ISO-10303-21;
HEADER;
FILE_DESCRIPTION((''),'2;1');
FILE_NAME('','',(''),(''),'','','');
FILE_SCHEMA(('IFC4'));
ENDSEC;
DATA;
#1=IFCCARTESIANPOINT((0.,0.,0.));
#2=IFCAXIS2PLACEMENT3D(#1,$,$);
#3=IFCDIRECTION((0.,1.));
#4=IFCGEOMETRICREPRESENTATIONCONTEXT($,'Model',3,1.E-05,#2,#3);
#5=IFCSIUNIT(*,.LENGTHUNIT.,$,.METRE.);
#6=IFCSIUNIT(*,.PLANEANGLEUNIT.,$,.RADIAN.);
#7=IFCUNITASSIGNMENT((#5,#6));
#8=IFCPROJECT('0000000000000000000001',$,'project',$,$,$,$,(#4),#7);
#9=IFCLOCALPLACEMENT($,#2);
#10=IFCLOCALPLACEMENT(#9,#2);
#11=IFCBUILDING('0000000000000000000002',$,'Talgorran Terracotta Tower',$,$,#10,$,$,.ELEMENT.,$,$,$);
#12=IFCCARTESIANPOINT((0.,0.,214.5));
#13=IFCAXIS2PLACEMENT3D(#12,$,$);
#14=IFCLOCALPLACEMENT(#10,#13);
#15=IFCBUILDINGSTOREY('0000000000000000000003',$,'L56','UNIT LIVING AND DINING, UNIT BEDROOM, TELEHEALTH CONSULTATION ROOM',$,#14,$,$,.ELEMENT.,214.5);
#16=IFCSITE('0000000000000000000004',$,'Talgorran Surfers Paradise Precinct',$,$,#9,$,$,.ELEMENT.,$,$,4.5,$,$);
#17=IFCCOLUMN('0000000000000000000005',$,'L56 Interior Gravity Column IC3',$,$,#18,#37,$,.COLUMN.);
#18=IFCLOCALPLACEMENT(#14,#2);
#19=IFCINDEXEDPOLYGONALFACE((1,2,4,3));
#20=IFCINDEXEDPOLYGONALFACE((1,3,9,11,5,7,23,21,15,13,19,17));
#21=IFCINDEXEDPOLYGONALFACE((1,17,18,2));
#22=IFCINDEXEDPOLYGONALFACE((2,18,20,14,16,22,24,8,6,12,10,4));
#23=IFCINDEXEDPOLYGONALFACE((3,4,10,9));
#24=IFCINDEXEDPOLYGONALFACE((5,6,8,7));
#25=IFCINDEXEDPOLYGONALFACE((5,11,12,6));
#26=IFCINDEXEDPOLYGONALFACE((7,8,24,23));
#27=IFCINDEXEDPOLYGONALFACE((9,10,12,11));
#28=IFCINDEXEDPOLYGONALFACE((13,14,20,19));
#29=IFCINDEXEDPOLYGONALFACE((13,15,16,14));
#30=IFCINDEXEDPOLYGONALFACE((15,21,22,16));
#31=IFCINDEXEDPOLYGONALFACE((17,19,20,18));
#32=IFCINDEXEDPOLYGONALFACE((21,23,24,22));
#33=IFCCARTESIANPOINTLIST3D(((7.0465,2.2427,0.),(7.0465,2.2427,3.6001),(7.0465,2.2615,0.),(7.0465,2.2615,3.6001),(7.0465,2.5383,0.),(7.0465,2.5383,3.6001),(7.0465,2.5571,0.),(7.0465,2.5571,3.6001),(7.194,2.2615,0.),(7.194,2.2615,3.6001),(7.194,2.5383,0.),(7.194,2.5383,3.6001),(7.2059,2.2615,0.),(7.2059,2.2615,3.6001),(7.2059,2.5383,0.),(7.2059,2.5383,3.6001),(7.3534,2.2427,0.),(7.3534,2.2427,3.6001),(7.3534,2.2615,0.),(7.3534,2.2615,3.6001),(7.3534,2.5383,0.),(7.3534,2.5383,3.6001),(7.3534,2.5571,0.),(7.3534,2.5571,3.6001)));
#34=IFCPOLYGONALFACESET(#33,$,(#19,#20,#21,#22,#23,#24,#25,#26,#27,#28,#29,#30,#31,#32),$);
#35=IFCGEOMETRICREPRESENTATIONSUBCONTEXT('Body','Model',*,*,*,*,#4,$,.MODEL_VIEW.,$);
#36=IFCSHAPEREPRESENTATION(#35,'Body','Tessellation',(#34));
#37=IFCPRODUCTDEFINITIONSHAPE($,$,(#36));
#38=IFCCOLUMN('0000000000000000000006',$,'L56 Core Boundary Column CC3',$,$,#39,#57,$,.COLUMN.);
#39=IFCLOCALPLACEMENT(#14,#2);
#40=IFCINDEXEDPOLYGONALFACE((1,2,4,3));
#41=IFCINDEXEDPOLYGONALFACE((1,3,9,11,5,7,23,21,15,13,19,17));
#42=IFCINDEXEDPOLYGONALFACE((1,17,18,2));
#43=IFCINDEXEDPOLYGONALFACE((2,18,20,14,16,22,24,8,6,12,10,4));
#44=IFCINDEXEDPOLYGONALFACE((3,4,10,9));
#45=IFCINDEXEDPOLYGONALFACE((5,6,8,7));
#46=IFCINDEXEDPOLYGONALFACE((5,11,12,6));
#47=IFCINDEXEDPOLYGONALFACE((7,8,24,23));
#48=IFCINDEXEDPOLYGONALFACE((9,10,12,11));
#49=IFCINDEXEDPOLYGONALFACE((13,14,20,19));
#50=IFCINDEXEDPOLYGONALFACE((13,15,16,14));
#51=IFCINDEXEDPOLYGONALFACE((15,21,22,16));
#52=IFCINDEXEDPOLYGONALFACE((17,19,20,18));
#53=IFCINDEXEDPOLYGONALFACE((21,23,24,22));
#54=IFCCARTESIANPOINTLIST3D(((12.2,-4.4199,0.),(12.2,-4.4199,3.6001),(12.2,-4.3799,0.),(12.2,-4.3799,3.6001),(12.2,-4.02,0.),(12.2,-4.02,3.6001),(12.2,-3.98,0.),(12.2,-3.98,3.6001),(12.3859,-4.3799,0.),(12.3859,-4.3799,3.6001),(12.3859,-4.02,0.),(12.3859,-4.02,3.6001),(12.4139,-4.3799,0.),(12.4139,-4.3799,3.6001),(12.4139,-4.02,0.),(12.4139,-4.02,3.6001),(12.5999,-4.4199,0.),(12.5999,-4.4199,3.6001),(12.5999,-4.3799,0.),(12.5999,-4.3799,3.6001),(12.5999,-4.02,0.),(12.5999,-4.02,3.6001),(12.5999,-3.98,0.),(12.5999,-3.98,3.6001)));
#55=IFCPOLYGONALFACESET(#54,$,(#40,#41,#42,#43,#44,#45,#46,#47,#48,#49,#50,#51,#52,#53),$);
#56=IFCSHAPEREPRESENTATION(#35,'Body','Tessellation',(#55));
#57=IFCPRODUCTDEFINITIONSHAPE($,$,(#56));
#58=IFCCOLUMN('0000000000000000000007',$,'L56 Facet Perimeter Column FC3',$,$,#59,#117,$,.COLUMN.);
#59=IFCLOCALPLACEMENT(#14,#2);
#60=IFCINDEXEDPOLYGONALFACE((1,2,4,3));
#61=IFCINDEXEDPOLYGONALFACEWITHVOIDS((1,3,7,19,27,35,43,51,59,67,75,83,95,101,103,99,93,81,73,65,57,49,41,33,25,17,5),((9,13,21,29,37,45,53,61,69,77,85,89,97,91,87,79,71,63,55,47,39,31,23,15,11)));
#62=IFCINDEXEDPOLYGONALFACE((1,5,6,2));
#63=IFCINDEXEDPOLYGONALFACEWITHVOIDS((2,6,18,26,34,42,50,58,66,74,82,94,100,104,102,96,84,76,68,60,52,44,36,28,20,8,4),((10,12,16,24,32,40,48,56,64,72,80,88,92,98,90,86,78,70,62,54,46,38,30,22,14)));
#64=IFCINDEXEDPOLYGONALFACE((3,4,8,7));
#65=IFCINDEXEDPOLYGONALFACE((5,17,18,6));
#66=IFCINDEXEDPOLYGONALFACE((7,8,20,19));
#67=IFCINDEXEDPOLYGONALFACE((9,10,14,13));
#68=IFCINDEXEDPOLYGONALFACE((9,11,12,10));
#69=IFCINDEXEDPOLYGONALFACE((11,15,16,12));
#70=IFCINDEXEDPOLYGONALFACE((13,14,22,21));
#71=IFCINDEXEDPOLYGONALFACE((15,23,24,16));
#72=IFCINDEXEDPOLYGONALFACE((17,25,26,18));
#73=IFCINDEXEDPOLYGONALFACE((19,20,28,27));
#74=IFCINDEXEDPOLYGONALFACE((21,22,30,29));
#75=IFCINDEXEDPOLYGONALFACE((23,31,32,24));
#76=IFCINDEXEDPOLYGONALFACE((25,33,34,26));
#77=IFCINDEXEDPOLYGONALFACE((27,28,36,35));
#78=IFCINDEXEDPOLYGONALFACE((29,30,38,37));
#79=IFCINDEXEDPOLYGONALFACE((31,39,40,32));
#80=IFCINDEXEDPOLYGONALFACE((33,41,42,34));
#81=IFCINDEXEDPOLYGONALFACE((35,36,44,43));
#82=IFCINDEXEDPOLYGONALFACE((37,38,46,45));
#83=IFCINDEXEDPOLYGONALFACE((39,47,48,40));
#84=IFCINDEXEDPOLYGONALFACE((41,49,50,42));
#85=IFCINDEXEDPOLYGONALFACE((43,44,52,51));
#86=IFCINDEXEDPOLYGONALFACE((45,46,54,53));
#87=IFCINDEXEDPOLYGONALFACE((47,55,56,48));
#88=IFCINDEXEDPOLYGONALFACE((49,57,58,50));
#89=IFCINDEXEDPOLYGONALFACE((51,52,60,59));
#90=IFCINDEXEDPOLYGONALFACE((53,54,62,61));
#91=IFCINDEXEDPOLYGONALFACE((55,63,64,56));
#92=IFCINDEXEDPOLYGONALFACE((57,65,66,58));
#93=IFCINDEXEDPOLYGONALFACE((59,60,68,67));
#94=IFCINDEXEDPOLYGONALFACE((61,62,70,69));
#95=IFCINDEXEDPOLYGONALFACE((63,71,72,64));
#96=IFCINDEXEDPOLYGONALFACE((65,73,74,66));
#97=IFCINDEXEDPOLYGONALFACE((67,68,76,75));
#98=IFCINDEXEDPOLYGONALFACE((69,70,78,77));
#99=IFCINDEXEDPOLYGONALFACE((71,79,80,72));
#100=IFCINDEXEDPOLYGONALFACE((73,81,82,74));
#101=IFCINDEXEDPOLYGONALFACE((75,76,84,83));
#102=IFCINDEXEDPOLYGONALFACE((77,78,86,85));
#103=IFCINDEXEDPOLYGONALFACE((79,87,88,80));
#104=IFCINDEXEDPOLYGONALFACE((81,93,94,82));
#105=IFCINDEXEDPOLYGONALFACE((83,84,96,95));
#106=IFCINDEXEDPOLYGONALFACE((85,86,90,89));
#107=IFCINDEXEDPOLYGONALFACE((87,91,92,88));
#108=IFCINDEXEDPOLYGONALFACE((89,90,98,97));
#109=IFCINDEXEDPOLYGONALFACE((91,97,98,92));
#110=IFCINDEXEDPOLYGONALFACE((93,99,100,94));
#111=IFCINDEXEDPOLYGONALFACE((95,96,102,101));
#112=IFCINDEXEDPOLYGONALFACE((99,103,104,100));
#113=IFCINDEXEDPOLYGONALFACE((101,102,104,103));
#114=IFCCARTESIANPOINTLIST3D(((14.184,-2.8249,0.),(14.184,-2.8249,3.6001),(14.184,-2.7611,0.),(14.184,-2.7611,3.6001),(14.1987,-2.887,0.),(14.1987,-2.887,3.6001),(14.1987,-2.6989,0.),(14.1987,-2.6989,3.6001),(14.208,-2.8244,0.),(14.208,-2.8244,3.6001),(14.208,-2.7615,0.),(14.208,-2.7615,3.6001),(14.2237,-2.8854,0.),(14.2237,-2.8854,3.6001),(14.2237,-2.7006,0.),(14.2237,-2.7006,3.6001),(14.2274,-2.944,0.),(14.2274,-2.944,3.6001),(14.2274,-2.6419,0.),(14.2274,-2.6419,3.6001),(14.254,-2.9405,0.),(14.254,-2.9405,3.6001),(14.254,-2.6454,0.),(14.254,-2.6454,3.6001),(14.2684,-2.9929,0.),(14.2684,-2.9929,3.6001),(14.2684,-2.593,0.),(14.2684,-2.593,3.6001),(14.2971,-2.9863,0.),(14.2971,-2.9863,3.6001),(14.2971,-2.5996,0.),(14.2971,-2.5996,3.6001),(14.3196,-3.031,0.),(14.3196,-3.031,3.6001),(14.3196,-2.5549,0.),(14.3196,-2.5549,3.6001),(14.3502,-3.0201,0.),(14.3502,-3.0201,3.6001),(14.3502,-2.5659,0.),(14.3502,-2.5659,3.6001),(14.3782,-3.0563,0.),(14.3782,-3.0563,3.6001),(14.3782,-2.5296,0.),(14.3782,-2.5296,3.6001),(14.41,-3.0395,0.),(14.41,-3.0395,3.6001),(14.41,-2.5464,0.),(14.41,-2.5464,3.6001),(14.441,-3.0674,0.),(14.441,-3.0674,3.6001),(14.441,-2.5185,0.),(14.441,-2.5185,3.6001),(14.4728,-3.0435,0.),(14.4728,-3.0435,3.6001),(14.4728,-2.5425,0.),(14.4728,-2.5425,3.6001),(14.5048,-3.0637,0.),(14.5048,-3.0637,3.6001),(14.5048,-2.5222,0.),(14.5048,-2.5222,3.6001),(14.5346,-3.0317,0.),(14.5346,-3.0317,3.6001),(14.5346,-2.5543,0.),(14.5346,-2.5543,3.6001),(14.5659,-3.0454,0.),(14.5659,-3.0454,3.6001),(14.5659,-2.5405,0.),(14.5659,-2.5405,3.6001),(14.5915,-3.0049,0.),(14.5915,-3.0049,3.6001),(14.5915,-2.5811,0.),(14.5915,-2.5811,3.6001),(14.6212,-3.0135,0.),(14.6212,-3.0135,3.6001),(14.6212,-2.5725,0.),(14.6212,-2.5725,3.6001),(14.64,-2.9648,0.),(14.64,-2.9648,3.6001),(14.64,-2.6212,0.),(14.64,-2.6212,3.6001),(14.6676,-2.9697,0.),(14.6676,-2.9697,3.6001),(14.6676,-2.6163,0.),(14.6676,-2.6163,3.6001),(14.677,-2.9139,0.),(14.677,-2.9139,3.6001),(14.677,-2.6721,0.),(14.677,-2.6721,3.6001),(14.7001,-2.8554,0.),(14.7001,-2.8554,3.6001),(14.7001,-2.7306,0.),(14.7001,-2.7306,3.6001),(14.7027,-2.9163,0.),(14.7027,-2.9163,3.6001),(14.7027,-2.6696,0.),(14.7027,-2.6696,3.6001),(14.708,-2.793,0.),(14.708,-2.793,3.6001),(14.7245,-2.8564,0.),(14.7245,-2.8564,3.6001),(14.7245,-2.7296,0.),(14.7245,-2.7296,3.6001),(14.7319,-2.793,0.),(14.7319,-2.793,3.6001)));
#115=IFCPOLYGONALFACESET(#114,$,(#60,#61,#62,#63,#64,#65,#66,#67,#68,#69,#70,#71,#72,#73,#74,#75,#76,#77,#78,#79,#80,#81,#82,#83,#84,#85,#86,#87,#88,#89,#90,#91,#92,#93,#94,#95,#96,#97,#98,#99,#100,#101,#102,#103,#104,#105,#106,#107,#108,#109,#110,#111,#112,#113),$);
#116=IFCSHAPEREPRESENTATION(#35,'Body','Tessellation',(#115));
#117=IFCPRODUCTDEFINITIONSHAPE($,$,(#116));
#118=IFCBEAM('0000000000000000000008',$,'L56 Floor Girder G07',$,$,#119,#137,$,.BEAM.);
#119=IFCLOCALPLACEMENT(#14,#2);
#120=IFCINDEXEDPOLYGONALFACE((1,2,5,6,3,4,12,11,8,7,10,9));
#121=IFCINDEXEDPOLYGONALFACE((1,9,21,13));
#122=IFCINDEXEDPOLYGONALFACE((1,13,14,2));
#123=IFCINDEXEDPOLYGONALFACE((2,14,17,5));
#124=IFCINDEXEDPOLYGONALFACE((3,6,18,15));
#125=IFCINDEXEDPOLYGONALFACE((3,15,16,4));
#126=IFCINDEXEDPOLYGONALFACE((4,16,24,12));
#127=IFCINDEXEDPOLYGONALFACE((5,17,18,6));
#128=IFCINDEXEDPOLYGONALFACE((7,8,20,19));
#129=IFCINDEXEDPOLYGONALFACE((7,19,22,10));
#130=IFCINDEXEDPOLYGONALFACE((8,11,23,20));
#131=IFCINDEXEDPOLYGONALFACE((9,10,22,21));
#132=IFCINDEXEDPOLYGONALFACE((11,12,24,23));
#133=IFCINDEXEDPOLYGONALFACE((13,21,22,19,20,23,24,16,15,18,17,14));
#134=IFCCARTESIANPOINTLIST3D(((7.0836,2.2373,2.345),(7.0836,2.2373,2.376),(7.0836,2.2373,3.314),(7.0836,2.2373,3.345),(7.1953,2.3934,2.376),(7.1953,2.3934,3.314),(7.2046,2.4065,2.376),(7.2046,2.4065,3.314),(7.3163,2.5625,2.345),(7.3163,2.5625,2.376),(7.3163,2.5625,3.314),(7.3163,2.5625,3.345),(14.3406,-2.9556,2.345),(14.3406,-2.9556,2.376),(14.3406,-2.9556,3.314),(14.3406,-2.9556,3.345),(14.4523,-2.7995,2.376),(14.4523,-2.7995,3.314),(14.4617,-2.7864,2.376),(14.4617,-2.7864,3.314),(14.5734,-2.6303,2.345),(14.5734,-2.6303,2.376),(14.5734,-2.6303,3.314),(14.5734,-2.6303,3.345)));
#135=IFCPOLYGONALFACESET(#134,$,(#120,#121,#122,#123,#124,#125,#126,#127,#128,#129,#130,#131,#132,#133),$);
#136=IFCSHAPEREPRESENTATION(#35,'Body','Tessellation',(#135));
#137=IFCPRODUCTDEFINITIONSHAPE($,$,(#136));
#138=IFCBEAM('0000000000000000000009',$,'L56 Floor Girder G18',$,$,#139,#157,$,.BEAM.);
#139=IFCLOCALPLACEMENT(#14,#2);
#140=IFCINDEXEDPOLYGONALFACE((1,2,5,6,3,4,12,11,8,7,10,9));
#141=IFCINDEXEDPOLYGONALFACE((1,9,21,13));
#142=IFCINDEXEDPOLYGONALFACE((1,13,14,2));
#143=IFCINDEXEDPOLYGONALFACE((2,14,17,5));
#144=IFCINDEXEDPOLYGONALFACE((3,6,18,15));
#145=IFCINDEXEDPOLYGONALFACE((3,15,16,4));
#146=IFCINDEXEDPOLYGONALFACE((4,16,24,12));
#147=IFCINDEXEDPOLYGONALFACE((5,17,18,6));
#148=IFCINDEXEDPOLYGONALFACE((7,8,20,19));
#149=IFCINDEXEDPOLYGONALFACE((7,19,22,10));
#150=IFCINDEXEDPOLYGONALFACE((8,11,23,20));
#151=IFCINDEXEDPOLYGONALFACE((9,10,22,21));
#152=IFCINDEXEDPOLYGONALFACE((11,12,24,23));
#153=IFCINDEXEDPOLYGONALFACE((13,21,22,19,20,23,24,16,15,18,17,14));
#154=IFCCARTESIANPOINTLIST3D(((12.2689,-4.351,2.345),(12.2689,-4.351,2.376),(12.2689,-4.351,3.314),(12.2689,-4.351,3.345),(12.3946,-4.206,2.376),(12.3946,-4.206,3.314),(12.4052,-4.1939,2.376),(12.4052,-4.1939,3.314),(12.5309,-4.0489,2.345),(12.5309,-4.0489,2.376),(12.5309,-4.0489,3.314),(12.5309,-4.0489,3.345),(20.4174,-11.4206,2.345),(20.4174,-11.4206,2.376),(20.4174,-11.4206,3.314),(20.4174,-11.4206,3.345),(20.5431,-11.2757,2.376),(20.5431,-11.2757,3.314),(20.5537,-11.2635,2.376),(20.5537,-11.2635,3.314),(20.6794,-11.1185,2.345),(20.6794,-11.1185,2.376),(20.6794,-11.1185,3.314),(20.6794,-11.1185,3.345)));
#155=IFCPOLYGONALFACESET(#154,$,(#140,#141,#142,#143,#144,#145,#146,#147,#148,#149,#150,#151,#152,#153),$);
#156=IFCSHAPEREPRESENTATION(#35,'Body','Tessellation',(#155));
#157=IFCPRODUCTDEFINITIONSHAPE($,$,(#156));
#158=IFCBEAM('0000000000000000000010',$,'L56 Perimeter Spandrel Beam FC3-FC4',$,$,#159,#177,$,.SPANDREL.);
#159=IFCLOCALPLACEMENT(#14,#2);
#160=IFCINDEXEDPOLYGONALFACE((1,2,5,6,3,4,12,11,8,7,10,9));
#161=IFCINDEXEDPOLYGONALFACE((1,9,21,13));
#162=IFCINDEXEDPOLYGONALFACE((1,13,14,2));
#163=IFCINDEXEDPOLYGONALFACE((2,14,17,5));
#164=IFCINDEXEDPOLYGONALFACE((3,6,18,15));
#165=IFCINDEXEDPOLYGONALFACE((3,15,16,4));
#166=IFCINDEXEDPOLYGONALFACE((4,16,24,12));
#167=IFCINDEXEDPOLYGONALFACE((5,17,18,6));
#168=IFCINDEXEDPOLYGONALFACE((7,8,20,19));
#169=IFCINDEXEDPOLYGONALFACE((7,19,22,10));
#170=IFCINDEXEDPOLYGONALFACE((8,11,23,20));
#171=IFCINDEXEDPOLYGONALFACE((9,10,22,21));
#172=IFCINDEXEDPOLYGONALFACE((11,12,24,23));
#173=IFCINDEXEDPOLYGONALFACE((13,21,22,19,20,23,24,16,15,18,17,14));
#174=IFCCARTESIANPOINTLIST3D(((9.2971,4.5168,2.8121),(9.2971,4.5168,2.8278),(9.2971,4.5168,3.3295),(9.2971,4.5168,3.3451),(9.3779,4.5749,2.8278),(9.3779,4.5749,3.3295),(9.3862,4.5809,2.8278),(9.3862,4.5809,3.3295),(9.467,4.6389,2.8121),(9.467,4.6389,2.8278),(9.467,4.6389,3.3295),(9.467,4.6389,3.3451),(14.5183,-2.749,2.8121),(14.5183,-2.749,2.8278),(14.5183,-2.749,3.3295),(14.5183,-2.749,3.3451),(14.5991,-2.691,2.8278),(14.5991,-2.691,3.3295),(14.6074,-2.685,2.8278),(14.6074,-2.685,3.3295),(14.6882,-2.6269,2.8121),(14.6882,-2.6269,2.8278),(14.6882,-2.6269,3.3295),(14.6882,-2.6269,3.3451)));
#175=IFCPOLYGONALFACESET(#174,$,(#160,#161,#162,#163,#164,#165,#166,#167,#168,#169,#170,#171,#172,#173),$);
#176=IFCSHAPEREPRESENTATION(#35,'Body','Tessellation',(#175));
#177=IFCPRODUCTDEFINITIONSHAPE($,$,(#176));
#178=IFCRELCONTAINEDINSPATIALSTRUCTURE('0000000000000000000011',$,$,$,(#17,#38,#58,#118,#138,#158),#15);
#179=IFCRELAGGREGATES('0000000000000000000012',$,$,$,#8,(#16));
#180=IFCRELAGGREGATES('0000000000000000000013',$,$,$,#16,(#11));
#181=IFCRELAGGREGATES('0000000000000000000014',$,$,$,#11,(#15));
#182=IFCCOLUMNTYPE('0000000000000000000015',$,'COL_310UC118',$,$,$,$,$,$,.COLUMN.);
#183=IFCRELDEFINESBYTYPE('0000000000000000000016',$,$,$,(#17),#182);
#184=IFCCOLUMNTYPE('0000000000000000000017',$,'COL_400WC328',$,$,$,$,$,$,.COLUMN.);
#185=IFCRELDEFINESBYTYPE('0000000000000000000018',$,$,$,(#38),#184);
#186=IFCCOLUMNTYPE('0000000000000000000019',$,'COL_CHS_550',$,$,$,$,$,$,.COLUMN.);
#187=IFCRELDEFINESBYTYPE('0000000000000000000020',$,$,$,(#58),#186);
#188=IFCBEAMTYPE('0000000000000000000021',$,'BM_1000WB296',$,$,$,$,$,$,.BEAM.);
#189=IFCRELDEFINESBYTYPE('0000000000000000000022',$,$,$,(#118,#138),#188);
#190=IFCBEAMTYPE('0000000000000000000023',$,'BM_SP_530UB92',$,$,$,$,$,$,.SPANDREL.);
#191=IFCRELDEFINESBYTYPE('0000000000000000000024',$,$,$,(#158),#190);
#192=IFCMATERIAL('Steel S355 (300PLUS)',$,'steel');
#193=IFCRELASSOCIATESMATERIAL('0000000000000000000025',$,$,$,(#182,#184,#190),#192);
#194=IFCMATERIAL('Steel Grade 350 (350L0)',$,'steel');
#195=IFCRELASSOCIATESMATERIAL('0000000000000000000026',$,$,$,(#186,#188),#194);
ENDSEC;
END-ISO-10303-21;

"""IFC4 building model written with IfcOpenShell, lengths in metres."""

from ifc_helpers import new_model, si_unit, direction, frame, origin, origin_2d, place, context, subcontext, project, spatial, hollow_circle, i_section, extrude, material, material_profile, profile_set, type_object, element, save


model = new_model("IFC4")

# Units and contexts
model_context = context("Model", 3, precision=1e-05, world=origin(), true_north=direction((0.0, 1.0)))
body_context = subcontext(model_context, "Body", "Model", "MODEL_VIEW")
ifc_project = project(units=[si_unit("LENGTHUNIT", "METRE"), si_unit("PLANEANGLEUNIT", "RADIAN")], contexts=[model_context])

# Site, building, storey
site_placement = place(None, origin())
site = spatial("IfcSite", under=ifc_project, at=site_placement, Name="Talgorran Surfers Paradise Precinct", CompositionType="ELEMENT", RefElevation=4.5)
building_placement = place(site_placement, origin())
building = spatial("IfcBuilding", under=site, at=building_placement, Name="Talgorran Terracotta Tower", CompositionType="ELEMENT")
storey_placement = place(building_placement, frame((0.0, 0.0, 214.5)))
storey = spatial("IfcBuildingStorey", under=building, at=storey_placement, Name="L56", Description="UNIT LIVING AND DINING, UNIT BEDROOM, TELEHEALTH CONSULTATION ROOM", CompositionType="ELEMENT", Elevation=214.5)

# Columns
ifc_material_1 = material(Name="Steel S355 (300PLUS)", Category="steel")
ifc_material_profile_1 = material_profile(ifc_material_1, i_section(OverallWidth=0.3069, OverallDepth=0.3145, WebThickness=0.012, FlangeThickness=0.0188, at=origin_2d()), Name="310UC118")
ifc_profile_set_1 = profile_set([ifc_material_profile_1], Name="Steel S355 (300PLUS)")
column_type_1 = type_object("IfcColumnType", Name="COL_310UC118", PredefinedType="COLUMN", material=ifc_profile_set_1)
column_1_placement = place(storey_placement, frame((7.2, 2.3999, 0.0), z_axis=(0.0, 0.0, 1.0), x_axis=(1.0, 0.0, 0.0)))
element("IfcColumn", 1, at=column_1_placement, inside=storey, type_object=column_type_1, Name="L56 Interior Gravity Column IC3", PredefinedType="COLUMN", context=body_context, shape_type="SweptSolid", body=[
    extrude(i_section(OverallWidth=0.3069, OverallDepth=0.3145, WebThickness=0.012, FlangeThickness=0.0188, at=origin_2d()), origin(), (0.0, 0.0, 1.0), 3.6001),
])
ifc_material_profile_2 = material_profile(ifc_material_1, i_section(OverallWidth=0.3999, OverallDepth=0.4399, WebThickness=0.0281, FlangeThickness=0.04, at=origin_2d()), Name="400WC328")
ifc_profile_set_2 = profile_set([ifc_material_profile_2], Name="Steel S355 (300PLUS)")
column_type_2 = type_object("IfcColumnType", Name="COL_400WC328", PredefinedType="COLUMN", material=ifc_profile_set_2)
column_2_placement = place(storey_placement, frame((12.3999, -4.2, 0.0), z_axis=(0.0, 0.0, 1.0), x_axis=(1.0, 0.0, 0.0)))
element("IfcColumn", 2, at=column_2_placement, inside=storey, type_object=column_type_2, Name="L56 Core Boundary Column CC3", PredefinedType="COLUMN", context=body_context, shape_type="SweptSolid", body=[
    extrude(i_section(OverallWidth=0.3999, OverallDepth=0.4399, WebThickness=0.0281, FlangeThickness=0.04, at=origin_2d()), origin(), (0.0, 0.0, 1.0), 3.6001),
])
ifc_material_2 = material(Name="Steel Grade 350 (350L0)", Category="steel")
ifc_material_profile_3 = material_profile(ifc_material_2, hollow_circle(Radius=0.2749, WallThickness=0.0239, at=origin_2d()), Name="CHS550X24")
ifc_profile_set_3 = profile_set([ifc_material_profile_3], Name="Steel Grade 350 (350L0)")
column_type_3 = type_object("IfcColumnType", Name="COL_CHS_550", PredefinedType="COLUMN", material=ifc_profile_set_3)
column_3_placement = place(storey_placement, frame((14.457, -2.793, 0.0), z_axis=(0.0, 0.0, 1.0), x_axis=(1.0, 0.0, 0.0)))
element("IfcColumn", 3, at=column_3_placement, inside=storey, type_object=column_type_3, Name="L56 Facet Perimeter Column FC3", PredefinedType="COLUMN", context=body_context, shape_type="SweptSolid", body=[
    extrude(hollow_circle(Radius=0.2749, WallThickness=0.0239, at=origin_2d()), origin(), (0.0, 0.0, 1.0), 3.6001),
])

# Beams
ifc_material_profile_4 = material_profile(ifc_material_2, i_section(OverallWidth=0.3999, OverallDepth=1.0, WebThickness=0.0161, FlangeThickness=0.031, at=origin_2d()), Name="1000WB296")
ifc_profile_set_4 = profile_set([ifc_material_profile_4], Name="Steel Grade 350 (350L0)")
beam_type_1 = type_object("IfcBeamType", Name="BM_1000WB296", PredefinedType="BEAM", material=ifc_profile_set_4)
beam_1_placement = place(storey_placement, frame((7.2, 2.3999, 2.845), z_axis=(0.813243, -0.581924, 0.0), x_axis=(0.581924, 0.813243, 0.0)))
element("IfcBeam", 4, at=beam_1_placement, inside=storey, type_object=beam_type_1, Name="L56 Floor Girder G07", PredefinedType="BEAM", context=body_context, shape_type="SweptSolid", body=[
    extrude(i_section(OverallWidth=0.3999, OverallDepth=1.0, WebThickness=0.0161, FlangeThickness=0.031, at=origin_2d()), origin(), (0.0, 0.0, 1.0), 8.9236),
])
beam_2_placement = place(storey_placement, frame((12.3999, -4.2, 2.845), z_axis=(0.75534, -0.655333, 0.0), x_axis=(0.655333, 0.75534, 0.0)))
element("IfcBeam", 5, at=beam_2_placement, inside=storey, type_object=beam_type_1, Name="L56 Floor Girder G18", PredefinedType="BEAM", context=body_context, shape_type="SweptSolid", body=[
    extrude(i_section(OverallWidth=0.3999, OverallDepth=1.0, WebThickness=0.0161, FlangeThickness=0.031, at=origin_2d()), origin(), (0.0, 0.0, 1.0), 10.7878),
])
ifc_material_profile_5 = material_profile(ifc_material_1, i_section(OverallWidth=0.2092, OverallDepth=0.533, WebThickness=0.0103, FlangeThickness=0.0156, at=origin_2d()), Name="530UB92.4")
ifc_profile_set_5 = profile_set([ifc_material_profile_5], Name="Steel S355 (300PLUS)")
beam_type_2 = type_object("IfcBeamType", Name="BM_SP_530UB92", PredefinedType="SPANDREL", material=ifc_profile_set_5)
beam_3_placement = place(storey_placement, frame((14.6033, -2.688, 3.0786), z_axis=(-0.583551, 0.812076, 0.0), x_axis=(-0.812076, -0.583551, 0.0)))
element("IfcBeam", 6, at=beam_3_placement, inside=storey, type_object=beam_type_2, Name="L56 Perimeter Spandrel Beam FC3-FC4", PredefinedType="SPANDREL", context=body_context, shape_type="SweptSolid", body=[
    extrude(i_section(OverallWidth=0.2092, OverallDepth=0.533, WebThickness=0.0103, FlangeThickness=0.0156, at=origin_2d()), origin(), (0.0, 0.0, 1.0), 8.9473),
])

save(model, "model.ifc")
